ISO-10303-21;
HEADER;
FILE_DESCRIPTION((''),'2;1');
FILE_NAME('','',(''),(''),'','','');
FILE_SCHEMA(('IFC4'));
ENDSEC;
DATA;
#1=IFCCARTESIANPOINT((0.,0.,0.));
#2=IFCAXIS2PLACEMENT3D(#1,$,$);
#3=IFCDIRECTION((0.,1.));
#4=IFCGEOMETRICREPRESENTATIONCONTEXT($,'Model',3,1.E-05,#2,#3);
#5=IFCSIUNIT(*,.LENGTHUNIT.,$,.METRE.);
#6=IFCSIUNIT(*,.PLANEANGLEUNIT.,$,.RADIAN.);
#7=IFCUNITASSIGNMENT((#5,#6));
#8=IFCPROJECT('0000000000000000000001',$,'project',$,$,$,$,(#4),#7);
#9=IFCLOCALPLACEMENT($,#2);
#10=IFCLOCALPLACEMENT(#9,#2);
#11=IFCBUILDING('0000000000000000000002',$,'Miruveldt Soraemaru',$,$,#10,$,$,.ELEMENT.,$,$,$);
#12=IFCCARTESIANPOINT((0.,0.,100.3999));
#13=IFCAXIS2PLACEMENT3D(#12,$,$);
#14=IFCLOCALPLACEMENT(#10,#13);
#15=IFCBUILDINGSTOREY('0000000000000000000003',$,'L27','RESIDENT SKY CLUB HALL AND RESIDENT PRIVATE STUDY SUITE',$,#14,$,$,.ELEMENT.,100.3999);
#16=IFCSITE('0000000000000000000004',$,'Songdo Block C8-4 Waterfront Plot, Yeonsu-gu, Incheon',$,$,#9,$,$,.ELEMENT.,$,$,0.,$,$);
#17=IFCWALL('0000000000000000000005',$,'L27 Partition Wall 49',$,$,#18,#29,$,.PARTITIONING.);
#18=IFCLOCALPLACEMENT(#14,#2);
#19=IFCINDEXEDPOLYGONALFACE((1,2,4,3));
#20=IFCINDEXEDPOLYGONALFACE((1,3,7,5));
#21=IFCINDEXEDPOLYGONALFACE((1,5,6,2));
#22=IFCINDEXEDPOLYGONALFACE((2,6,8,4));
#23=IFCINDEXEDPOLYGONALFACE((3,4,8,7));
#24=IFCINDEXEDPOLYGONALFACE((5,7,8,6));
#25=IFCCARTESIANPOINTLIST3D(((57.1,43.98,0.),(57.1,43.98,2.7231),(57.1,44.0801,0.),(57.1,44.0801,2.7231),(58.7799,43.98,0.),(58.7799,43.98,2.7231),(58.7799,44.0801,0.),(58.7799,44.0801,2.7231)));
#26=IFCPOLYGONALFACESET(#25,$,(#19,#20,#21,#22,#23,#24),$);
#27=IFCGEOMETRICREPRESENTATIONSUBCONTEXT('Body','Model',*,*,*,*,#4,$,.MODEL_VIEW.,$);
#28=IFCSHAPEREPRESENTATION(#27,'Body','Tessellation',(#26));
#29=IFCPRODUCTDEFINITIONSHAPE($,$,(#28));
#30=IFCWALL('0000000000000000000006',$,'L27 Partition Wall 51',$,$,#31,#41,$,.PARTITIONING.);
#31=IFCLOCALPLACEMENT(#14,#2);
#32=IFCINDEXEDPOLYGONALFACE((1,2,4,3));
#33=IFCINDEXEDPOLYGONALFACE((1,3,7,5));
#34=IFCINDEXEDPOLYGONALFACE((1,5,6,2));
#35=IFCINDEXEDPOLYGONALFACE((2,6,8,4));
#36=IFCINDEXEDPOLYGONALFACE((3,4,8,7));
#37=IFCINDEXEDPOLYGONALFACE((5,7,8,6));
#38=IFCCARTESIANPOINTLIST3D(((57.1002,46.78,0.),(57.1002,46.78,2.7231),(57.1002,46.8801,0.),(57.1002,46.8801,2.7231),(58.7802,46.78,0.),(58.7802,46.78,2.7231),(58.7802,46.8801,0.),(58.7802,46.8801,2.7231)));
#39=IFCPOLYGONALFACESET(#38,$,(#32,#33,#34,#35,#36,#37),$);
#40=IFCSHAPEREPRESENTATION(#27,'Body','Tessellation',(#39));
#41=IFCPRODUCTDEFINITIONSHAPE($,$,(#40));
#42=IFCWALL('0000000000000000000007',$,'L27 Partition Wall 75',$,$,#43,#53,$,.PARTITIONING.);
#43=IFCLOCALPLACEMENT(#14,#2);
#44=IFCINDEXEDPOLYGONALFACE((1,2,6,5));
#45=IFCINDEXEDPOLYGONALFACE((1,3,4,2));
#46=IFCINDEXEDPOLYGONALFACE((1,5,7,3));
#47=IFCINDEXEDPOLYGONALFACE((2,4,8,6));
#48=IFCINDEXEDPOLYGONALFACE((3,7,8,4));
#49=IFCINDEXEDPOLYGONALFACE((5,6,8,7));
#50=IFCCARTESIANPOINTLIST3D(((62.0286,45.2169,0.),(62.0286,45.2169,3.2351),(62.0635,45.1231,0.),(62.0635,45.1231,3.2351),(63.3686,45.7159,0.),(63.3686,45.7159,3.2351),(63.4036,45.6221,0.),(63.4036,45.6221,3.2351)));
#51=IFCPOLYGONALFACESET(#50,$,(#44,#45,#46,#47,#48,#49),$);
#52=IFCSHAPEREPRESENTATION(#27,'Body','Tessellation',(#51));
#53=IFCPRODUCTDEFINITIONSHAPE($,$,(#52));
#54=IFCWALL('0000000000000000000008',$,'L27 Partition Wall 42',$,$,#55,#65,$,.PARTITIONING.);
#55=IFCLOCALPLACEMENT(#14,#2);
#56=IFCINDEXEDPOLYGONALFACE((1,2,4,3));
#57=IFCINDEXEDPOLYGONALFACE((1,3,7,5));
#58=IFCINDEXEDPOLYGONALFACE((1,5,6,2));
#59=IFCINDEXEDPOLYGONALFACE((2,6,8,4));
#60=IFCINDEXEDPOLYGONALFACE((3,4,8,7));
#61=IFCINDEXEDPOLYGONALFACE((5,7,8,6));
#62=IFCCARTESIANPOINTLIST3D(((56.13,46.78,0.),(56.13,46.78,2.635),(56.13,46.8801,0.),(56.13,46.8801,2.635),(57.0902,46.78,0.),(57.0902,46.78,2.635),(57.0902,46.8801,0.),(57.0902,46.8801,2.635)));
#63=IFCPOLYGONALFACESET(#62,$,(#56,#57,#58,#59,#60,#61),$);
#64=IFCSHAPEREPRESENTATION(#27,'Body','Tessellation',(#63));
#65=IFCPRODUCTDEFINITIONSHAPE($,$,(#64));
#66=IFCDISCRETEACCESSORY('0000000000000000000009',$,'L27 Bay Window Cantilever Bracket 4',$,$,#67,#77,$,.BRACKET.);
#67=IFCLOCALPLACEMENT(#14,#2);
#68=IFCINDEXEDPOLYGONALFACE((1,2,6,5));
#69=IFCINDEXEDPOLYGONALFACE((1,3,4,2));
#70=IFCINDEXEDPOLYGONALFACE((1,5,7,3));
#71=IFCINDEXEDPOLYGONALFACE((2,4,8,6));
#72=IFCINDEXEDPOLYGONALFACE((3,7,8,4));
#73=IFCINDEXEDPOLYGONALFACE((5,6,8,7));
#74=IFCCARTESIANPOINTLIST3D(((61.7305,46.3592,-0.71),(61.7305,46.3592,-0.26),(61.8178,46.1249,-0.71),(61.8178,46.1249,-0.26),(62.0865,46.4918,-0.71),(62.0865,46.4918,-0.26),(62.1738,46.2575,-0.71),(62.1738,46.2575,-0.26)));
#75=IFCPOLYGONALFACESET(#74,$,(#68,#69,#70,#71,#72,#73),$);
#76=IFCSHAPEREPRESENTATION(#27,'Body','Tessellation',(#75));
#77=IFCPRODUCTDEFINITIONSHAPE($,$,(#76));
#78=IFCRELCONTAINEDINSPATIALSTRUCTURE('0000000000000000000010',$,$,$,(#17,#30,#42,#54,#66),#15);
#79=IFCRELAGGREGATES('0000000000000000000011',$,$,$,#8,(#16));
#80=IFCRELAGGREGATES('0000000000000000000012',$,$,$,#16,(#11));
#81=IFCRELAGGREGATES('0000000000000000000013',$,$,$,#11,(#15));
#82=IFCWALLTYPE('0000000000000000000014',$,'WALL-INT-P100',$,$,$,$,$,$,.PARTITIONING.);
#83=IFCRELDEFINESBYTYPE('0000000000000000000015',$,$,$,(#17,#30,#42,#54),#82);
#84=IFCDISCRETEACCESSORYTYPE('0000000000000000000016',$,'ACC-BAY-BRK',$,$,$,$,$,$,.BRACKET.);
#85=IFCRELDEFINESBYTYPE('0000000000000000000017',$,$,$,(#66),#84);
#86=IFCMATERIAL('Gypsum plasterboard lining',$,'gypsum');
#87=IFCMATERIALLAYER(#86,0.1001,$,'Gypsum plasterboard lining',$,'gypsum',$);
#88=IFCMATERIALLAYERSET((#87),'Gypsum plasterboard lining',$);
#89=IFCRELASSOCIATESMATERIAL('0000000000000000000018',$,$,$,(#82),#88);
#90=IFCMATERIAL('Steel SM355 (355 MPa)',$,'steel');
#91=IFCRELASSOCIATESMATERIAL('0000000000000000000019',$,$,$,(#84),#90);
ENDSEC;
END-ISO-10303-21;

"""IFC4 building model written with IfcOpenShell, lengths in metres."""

from ifc_helpers import new_model, si_unit, direction, frame, frame_2d, origin, origin_2d, place, context, subcontext, project, spatial, rectangle, extrude, material, layer, layer_set, type_object, element, save


model = new_model("IFC4")

# Units and contexts
model_context = context("Model", 3, precision=1e-05, world=origin(), true_north=direction((0.0, 1.0)))
body_context = subcontext(model_context, "Body", "Model", "MODEL_VIEW")
ifc_project = project(units=[si_unit("LENGTHUNIT", "METRE"), si_unit("PLANEANGLEUNIT", "RADIAN")], contexts=[model_context])

# Site, building, storey
site_placement = place(None, origin())
site = spatial("IfcSite", under=ifc_project, at=site_placement, Name="Songdo Block C8-4 Waterfront Plot, Yeonsu-gu, Incheon", CompositionType="ELEMENT", RefElevation=0.0)
building_placement = place(site_placement, origin())
building = spatial("IfcBuilding", under=site, at=building_placement, Name="Miruveldt Soraemaru", CompositionType="ELEMENT")
storey_placement = place(building_placement, frame((0.0, 0.0, 100.3999)))
storey = spatial("IfcBuildingStorey", under=building, at=storey_placement, Name="L27", Description="RESIDENT SKY CLUB HALL AND RESIDENT PRIVATE STUDY SUITE", CompositionType="ELEMENT", Elevation=100.3999)

# Shared definitions
ifc_material_1 = material(Name="Gypsum plasterboard lining", Category="gypsum")
ifc_layer_1 = layer(ifc_material_1, 0.1001, Name="Gypsum plasterboard lining", Category="gypsum")
ifc_layer_set_1 = layer_set([ifc_layer_1], Name="Gypsum plasterboard lining")
wall_type_1 = type_object("IfcWallType", Name="WALL-INT-P100", PredefinedType="PARTITIONING", material=ifc_layer_set_1)

# Walls
for number, where, z_axis, x_axis, name in (
    (1, (57.1001, 44.03, 0.0), (0.0, 0.0, 1.0), (1.0, 0.0, 0.0), "L27 Partition Wall 49"),
    (2, (58.78, 46.8301, 0.0), (0.0, 0.0, 1.0), (-1.0, 0.0, 0.0), "L27 Partition Wall 51"),
):
    element("IfcWall", number, at=place(storey_placement, frame(where, z_axis=z_axis, x_axis=x_axis)), inside=storey, type_object=wall_type_1, Name=name, PredefinedType="PARTITIONING", context=body_context, shape_type="SweptSolid", body=[
        extrude(rectangle(XDim=1.6799, YDim=0.1001, at=frame_2d((0.8398, 0.0))), origin(), (0.0, 0.0, 1.0), 2.7231),
    ])
wall_1_placement = place(storey_placement, frame((63.386, 45.6689, 0.0), z_axis=(0.0, 0.0, 1.0), x_axis=(-0.937134, -0.348971, 0.0)))
element("IfcWall", 3, at=wall_1_placement, inside=storey, type_object=wall_type_1, Name="L27 Partition Wall 75", PredefinedType="PARTITIONING", context=body_context, shape_type="SweptSolid", body=[
    extrude(rectangle(XDim=1.4299, YDim=0.1001, at=frame_2d((0.7148, 0.0))), origin(), (0.0, 0.0, 1.0), 3.2351),
])
wall_2_placement = place(storey_placement, frame((57.0901, 46.8301, 0.0), z_axis=(0.0, 0.0, 1.0), x_axis=(-1.0, 0.0, 0.0)))
element("IfcWall", 4, at=wall_2_placement, inside=storey, type_object=wall_type_1, Name="L27 Partition Wall 42", PredefinedType="PARTITIONING", context=body_context, shape_type="SweptSolid", body=[
    extrude(rectangle(XDim=0.9602, YDim=0.1001, at=frame_2d((0.48, 0.0))), origin(), (0.0, 0.0, 1.0), 2.635),
])

# Discrete accessory
ifc_material_2 = material(Name="Steel SM355 (355 MPa)", Category="steel")
discrete_accessory_type = type_object("IfcDiscreteAccessoryType", Name="ACC-BAY-BRK", PredefinedType="BRACKET", material=ifc_material_2)
discrete_accessory_placement = place(storey_placement, frame((61.9521, 46.3083, -0.71), z_axis=(0.0, 0.0, 1.0), x_axis=(0.937105, 0.349046, 0.0)))
element("IfcDiscreteAccessory", 5, at=discrete_accessory_placement, inside=storey, type_object=discrete_accessory_type, Name="L27 Bay Window Cantilever Bracket 4", PredefinedType="BRACKET", context=body_context, shape_type="SweptSolid", body=[
    extrude(rectangle(XDim=0.3799, YDim=0.25, at=origin_2d()), origin(), (0.0, 0.0, 1.0), 0.45),
])

save(model, "model.ifc")
